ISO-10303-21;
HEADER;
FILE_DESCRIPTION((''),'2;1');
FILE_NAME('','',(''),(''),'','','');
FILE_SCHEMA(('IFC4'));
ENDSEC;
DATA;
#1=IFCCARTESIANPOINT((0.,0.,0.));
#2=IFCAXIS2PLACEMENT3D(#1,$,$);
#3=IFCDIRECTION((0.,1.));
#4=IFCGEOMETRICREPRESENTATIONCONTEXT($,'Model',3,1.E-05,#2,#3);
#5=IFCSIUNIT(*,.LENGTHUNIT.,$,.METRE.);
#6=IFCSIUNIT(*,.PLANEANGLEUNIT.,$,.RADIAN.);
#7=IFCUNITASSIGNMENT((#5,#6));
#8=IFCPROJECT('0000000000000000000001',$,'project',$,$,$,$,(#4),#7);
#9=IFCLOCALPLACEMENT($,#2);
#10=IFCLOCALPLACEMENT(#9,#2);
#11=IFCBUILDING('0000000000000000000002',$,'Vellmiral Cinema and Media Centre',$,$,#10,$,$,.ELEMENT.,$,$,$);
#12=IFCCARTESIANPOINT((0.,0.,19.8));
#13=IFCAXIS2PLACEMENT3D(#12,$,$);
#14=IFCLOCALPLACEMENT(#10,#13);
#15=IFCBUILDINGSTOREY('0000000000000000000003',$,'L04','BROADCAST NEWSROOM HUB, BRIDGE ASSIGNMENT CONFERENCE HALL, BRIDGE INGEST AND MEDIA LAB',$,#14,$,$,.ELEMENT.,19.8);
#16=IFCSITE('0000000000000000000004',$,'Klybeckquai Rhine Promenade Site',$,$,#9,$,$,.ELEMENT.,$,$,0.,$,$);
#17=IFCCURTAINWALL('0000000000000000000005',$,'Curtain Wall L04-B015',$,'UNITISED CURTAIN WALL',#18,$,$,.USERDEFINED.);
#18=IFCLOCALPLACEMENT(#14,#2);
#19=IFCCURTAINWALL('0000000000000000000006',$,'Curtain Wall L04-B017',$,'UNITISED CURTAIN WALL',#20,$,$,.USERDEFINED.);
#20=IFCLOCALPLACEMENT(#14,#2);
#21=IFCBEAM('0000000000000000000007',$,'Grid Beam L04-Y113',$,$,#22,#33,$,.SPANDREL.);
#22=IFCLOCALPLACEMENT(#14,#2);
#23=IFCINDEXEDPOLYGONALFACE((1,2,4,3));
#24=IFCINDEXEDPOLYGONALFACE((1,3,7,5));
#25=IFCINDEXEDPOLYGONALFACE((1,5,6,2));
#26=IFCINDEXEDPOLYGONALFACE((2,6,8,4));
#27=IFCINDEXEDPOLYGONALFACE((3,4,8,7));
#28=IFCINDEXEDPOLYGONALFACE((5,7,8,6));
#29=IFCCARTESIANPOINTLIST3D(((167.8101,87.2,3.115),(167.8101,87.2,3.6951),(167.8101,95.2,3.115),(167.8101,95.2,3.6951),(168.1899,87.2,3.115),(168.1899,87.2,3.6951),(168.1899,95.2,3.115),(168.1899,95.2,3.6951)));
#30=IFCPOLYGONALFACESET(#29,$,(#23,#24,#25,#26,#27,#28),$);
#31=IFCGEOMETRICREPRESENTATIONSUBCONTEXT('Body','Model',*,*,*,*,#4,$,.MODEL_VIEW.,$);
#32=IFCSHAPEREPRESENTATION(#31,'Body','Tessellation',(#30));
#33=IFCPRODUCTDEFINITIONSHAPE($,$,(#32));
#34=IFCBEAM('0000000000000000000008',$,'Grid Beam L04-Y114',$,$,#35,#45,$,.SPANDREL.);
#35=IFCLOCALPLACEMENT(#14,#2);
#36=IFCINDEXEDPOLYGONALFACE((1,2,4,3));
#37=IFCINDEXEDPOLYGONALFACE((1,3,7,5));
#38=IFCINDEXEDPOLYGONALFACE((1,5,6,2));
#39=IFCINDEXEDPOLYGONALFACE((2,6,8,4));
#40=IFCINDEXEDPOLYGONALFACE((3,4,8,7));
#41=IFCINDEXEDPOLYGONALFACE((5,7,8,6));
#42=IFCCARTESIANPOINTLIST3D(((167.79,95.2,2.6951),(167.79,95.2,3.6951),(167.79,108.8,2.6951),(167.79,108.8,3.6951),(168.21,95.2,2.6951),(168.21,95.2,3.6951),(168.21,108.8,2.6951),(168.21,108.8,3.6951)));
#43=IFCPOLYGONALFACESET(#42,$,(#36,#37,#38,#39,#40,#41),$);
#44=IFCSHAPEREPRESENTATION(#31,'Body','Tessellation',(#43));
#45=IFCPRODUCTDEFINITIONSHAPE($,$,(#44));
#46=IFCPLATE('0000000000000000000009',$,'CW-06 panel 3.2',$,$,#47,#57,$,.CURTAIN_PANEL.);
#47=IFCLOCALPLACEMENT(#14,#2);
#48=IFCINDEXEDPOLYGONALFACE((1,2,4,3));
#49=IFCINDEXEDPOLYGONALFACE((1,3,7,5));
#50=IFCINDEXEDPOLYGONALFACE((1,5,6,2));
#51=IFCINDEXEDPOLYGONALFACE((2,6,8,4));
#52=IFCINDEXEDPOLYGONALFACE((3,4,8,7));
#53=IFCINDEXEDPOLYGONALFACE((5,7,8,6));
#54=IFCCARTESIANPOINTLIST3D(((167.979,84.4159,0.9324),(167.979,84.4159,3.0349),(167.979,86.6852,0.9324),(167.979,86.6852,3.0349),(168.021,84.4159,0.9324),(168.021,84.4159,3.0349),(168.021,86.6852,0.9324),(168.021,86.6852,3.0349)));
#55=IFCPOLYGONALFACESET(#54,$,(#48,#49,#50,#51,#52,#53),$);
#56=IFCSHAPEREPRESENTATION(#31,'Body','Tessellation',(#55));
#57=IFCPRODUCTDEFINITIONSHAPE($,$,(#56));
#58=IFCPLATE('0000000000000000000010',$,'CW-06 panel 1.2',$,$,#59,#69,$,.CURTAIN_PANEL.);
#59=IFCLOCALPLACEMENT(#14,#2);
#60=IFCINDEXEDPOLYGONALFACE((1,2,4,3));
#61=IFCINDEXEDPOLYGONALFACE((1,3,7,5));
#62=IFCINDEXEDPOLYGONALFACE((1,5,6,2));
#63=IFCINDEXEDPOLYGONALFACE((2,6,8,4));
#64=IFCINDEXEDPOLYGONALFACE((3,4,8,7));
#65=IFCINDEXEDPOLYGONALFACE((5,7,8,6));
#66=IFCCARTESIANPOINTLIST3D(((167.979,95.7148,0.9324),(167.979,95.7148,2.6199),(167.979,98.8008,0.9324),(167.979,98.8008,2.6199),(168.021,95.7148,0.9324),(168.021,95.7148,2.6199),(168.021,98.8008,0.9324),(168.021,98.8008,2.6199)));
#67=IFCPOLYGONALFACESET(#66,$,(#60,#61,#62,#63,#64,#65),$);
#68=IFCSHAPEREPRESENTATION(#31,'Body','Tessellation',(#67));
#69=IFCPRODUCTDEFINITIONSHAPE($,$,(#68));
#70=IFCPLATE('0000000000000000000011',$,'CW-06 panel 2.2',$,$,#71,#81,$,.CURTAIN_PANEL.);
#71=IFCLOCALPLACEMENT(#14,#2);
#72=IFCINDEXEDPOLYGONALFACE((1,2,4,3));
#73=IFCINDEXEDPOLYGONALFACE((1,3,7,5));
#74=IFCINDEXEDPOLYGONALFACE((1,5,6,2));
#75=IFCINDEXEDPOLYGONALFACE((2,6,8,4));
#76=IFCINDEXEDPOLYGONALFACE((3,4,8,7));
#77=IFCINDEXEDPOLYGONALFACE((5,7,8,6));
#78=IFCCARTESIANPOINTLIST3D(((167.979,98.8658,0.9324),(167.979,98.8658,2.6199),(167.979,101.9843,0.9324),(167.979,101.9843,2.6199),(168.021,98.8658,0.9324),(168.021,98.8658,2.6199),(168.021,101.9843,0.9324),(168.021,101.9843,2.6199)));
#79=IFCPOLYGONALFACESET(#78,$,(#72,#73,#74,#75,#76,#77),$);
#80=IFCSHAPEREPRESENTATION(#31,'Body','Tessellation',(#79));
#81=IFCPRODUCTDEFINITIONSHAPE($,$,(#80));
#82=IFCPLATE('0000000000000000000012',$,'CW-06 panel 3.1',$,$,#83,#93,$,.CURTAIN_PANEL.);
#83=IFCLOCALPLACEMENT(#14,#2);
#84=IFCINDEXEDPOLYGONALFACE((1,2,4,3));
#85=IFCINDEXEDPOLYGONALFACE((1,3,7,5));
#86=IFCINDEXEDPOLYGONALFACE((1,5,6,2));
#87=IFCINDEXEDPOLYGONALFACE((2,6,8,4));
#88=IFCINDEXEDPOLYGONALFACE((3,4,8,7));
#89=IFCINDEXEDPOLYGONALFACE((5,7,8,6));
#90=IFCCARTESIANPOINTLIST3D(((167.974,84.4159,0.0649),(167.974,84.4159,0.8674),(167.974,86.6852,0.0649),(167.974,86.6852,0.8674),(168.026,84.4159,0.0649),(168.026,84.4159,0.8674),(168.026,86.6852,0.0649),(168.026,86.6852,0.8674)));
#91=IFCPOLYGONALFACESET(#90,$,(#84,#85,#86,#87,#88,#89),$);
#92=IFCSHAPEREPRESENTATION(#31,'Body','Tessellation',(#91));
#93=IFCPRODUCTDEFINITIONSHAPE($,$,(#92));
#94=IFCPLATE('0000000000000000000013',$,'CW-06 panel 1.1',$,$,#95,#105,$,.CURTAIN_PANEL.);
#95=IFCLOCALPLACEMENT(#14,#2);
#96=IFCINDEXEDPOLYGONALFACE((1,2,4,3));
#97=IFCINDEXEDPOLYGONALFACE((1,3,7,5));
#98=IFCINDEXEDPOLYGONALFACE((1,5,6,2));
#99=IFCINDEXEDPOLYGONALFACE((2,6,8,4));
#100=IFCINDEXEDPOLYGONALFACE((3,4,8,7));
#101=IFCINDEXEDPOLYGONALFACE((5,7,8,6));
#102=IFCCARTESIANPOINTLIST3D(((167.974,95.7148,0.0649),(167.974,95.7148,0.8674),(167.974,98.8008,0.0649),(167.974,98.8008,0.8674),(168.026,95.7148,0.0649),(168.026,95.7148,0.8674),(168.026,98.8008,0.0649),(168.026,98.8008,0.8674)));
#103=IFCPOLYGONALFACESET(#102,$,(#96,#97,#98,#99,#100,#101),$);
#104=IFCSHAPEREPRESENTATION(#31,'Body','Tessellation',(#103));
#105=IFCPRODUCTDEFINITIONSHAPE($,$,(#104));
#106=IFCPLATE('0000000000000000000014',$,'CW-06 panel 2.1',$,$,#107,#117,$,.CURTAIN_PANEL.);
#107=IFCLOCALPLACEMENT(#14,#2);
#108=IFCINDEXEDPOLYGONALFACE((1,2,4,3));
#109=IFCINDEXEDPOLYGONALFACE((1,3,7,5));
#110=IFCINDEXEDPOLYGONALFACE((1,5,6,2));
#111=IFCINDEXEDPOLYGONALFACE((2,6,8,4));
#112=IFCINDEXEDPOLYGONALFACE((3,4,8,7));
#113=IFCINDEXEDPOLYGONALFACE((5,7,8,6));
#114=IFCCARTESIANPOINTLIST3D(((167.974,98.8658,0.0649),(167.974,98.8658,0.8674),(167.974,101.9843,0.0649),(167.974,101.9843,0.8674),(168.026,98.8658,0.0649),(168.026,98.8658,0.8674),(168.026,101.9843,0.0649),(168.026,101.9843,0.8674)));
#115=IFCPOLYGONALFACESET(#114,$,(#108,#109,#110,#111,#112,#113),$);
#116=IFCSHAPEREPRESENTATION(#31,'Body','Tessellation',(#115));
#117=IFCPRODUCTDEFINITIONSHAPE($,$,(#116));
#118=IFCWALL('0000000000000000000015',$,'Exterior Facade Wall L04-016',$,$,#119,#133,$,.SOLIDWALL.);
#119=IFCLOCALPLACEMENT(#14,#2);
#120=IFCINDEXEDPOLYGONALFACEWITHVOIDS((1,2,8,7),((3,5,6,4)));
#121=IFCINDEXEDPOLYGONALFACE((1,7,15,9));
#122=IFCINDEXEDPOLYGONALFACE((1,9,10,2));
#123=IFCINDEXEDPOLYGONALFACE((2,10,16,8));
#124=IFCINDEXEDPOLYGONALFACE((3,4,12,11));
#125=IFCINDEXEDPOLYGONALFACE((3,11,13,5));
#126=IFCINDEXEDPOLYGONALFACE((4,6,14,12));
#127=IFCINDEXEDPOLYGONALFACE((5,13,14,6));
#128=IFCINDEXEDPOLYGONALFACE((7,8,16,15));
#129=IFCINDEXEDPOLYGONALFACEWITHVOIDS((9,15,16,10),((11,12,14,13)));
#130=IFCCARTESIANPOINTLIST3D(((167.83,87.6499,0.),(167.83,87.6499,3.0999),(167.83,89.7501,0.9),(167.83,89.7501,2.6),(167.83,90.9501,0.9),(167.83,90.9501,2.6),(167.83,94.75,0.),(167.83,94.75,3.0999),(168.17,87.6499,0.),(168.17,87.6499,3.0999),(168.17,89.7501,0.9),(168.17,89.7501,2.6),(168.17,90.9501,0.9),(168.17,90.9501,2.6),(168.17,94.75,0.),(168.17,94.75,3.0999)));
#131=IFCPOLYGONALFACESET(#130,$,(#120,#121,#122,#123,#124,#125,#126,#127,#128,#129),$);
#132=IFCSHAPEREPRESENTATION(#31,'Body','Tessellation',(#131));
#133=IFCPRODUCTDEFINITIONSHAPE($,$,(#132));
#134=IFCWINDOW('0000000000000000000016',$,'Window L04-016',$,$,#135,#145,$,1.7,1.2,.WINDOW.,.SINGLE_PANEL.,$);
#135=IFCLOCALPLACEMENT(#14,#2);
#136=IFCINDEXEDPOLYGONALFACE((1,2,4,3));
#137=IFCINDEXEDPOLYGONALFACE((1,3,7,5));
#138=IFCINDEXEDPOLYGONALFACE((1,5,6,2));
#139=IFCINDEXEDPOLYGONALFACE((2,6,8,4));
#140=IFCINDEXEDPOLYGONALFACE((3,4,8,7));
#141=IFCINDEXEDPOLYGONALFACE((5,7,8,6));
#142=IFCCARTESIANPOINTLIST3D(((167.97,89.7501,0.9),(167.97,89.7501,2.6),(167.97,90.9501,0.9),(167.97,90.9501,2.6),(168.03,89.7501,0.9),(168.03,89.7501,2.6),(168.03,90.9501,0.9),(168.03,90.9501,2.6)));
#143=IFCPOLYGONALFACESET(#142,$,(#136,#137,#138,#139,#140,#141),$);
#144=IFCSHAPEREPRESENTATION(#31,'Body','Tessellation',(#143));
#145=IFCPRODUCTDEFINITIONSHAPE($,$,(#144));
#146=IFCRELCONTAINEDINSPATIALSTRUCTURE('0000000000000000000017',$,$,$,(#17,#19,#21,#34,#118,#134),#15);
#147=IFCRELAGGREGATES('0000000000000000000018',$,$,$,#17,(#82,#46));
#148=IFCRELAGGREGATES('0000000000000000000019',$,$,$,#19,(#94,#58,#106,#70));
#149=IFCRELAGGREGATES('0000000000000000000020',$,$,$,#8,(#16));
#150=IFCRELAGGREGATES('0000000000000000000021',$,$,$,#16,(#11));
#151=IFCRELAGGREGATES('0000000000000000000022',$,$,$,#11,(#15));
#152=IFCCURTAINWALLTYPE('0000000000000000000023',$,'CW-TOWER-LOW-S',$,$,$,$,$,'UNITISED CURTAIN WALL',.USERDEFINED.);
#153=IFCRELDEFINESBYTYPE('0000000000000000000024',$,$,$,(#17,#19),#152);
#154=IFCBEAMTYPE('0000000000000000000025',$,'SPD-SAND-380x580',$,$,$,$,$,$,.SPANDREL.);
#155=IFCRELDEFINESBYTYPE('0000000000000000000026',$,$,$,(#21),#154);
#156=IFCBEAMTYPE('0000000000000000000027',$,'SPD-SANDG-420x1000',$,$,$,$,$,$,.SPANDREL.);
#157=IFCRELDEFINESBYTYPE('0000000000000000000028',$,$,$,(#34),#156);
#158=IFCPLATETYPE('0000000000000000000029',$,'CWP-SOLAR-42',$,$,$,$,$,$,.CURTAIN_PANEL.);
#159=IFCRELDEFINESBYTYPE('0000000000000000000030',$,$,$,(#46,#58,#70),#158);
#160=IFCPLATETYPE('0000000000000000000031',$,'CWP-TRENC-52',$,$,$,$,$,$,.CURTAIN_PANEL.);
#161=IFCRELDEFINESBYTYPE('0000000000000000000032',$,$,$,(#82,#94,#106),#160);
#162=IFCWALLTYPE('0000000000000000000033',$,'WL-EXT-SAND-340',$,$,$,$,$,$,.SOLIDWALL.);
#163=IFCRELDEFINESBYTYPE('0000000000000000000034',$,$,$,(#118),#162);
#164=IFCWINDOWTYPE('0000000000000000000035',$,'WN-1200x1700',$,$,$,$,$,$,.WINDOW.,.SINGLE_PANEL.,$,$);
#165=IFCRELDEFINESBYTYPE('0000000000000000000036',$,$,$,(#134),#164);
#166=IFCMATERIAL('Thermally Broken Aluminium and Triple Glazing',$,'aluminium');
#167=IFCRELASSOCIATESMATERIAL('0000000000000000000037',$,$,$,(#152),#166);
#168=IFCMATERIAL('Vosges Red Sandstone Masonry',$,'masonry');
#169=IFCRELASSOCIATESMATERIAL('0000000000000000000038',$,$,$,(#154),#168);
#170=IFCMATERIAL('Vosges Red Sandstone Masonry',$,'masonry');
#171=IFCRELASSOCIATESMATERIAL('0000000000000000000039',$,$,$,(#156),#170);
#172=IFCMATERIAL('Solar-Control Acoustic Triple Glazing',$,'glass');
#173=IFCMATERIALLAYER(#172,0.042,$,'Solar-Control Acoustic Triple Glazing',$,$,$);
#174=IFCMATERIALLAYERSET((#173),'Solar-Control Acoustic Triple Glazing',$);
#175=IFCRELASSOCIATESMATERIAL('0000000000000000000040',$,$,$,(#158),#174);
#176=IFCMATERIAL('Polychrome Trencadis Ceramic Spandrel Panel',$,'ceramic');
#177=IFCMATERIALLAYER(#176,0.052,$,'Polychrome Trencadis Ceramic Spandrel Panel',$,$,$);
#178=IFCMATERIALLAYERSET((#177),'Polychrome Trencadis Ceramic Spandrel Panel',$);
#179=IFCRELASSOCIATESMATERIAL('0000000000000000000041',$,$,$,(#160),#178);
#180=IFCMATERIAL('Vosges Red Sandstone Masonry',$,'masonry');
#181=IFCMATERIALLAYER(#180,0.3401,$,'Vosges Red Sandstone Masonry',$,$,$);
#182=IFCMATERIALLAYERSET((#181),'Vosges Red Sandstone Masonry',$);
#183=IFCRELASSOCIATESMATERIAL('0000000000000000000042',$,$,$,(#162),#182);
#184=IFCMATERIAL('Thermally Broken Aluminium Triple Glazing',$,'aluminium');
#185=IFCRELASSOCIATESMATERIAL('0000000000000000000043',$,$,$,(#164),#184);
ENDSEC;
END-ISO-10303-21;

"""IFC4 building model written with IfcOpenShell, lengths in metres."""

from ifc_helpers import new_model, si_unit, direction, frame, frame_2d, origin, origin_2d, place, context, subcontext, project, spatial, rectangle, extrude, material, layer, layer_set, material_profile, profile_set, type_object, element, fill, aggregate, save


model = new_model("IFC4")

# Units and contexts
model_context = context("Model", 3, precision=1e-05, world=origin(), true_north=direction((0.0, 1.0)))
body_context = subcontext(model_context, "Body", "Model", "MODEL_VIEW")
ifc_project = project(units=[si_unit("LENGTHUNIT", "METRE"), si_unit("PLANEANGLEUNIT", "RADIAN")], contexts=[model_context])

# Site, building, storey
site_placement = place(None, origin())
site = spatial("IfcSite", under=ifc_project, at=site_placement, Name="Klybeckquai Rhine Promenade Site", CompositionType="ELEMENT", RefElevation=0.0)
building_placement = place(site_placement, origin())
building = spatial("IfcBuilding", under=site, at=building_placement, Name="Vellmiral Cinema and Media Centre", CompositionType="ELEMENT")
storey_placement = place(building_placement, frame((0.0, 0.0, 19.8)))
storey = spatial("IfcBuildingStorey", under=building, at=storey_placement, Name="L04", Description="BROADCAST NEWSROOM HUB, BRIDGE ASSIGNMENT CONFERENCE HALL, BRIDGE INGEST AND MEDIA LAB", CompositionType="ELEMENT", Elevation=19.8)

# Curtain wall
ifc_material_1 = material(Name="Thermally Broken Aluminium and Triple Glazing", Category="aluminium")
curtain_wall_type = type_object("IfcCurtainWallType", Name="CW-TOWER-LOW-S", ElementType="UNITISED CURTAIN WALL", PredefinedType="USERDEFINED", material=ifc_material_1)
curtain_wall_1_placement = place(storey_placement, origin())
curtain_wall_1 = element("IfcCurtainWall", 1, at=curtain_wall_1_placement, inside=storey, type_object=curtain_wall_type, Name="Curtain Wall L04-B015", ObjectType="UNITISED CURTAIN WALL", PredefinedType="USERDEFINED")

# Curtain wall
curtain_wall_2_placement = place(storey_placement, origin())
curtain_wall_2 = element("IfcCurtainWall", 2, at=curtain_wall_2_placement, inside=storey, type_object=curtain_wall_type, Name="Curtain Wall L04-B017", ObjectType="UNITISED CURTAIN WALL", PredefinedType="USERDEFINED")

# Beams
ifc_material_2 = material(Name="Vosges Red Sandstone Masonry", Category="masonry")
ifc_material_profile_1 = material_profile(ifc_material_2, rectangle(XDim=0.3799, YDim=0.5801, at=origin_2d()), Name="SAND 380x580")
ifc_profile_set_1 = profile_set([ifc_material_profile_1], Name="Vosges Red Sandstone Masonry")
beam_type_1 = type_object("IfcBeamType", Name="SPD-SAND-380x580", PredefinedType="SPANDREL", material=ifc_profile_set_1)
beam_1_placement = place(storey_placement, frame((168.0, 87.2, 3.405), z_axis=(0.0, 1.0, 0.0), x_axis=(-1.0, 0.0, 0.0)))
element("IfcBeam", 3, at=beam_1_placement, inside=storey, type_object=beam_type_1, Name="Grid Beam L04-Y113", PredefinedType="SPANDREL", context=body_context, shape_type="SweptSolid", body=[
    extrude(rectangle(XDim=0.3799, YDim=0.5801, at=origin_2d()), origin(), (0.0, 0.0, 1.0), 8.0),
])
ifc_material_3 = material(Name="Vosges Red Sandstone Masonry", Category="masonry")
ifc_material_profile_2 = material_profile(ifc_material_3, rectangle(XDim=0.4199, YDim=1.0, at=origin_2d()), Name="SAND 420x1000")
ifc_profile_set_2 = profile_set([ifc_material_profile_2], Name="Vosges Red Sandstone Masonry")
beam_type_2 = type_object("IfcBeamType", Name="SPD-SANDG-420x1000", PredefinedType="SPANDREL", material=ifc_profile_set_2)
beam_2_placement = place(storey_placement, frame((168.0, 95.2, 3.1951), z_axis=(0.0, 1.0, 0.0), x_axis=(-1.0, 0.0, 0.0)))
element("IfcBeam", 4, at=beam_2_placement, inside=storey, type_object=beam_type_2, Name="Grid Beam L04-Y114", PredefinedType="SPANDREL", context=body_context, shape_type="SweptSolid", body=[
    extrude(rectangle(XDim=0.4199, YDim=1.0, at=origin_2d()), origin(), (0.0, 0.0, 1.0), 13.6001),
])

# Plates
ifc_material_4 = material(Name="Solar-Control Acoustic Triple Glazing", Category="glass")
ifc_layer_1 = layer(ifc_material_4, 0.042, Name="Solar-Control Acoustic Triple Glazing")
ifc_layer_set_1 = layer_set([ifc_layer_1], Name="Solar-Control Acoustic Triple Glazing")
plate_type_1 = type_object("IfcPlateType", Name="CWP-SOLAR-42", PredefinedType="CURTAIN_PANEL", material=ifc_layer_set_1)
plate_1_placement = place(storey_placement, frame((168.0, 85.5505, 0.9324), z_axis=(0.0, 0.0, 1.0), x_axis=(0.0, 1.0, 0.0)))
plate_1 = element("IfcPlate", 5, at=plate_1_placement, type_object=plate_type_1, Name="CW-06 panel 3.2", PredefinedType="CURTAIN_PANEL", context=body_context, shape_type="SweptSolid", body=[
    extrude(rectangle(XDim=2.2693, YDim=0.042, at=origin_2d()), origin(), (0.0, 0.0, 1.0), 2.1025),
])
plate_2_placement = place(storey_placement, frame((168.0, 97.2578, 0.9324), z_axis=(0.0, 0.0, 1.0), x_axis=(0.0, 1.0, 0.0)))
plate_2 = element("IfcPlate", 6, at=plate_2_placement, type_object=plate_type_1, Name="CW-06 panel 1.2", PredefinedType="CURTAIN_PANEL", context=body_context, shape_type="SweptSolid", body=[
    extrude(rectangle(XDim=3.0859, YDim=0.042, at=origin_2d()), origin(), (0.0, 0.0, 1.0), 1.6875),
])
plate_3_placement = place(storey_placement, frame((168.0, 100.425, 0.9324), z_axis=(0.0, 0.0, 1.0), x_axis=(0.0, 1.0, 0.0)))
plate_3 = element("IfcPlate", 7, at=plate_3_placement, type_object=plate_type_1, Name="CW-06 panel 2.2", PredefinedType="CURTAIN_PANEL", context=body_context, shape_type="SweptSolid", body=[
    extrude(rectangle(XDim=3.1184, YDim=0.042, at=origin_2d()), origin(), (0.0, 0.0, 1.0), 1.6875),
])
ifc_material_5 = material(Name="Polychrome Trencadis Ceramic Spandrel Panel", Category="ceramic")
ifc_layer_2 = layer(ifc_material_5, 0.052, Name="Polychrome Trencadis Ceramic Spandrel Panel")
ifc_layer_set_2 = layer_set([ifc_layer_2], Name="Polychrome Trencadis Ceramic Spandrel Panel")
plate_type_2 = type_object("IfcPlateType", Name="CWP-TRENC-52", PredefinedType="CURTAIN_PANEL", material=ifc_layer_set_2)
plate_4_placement = place(storey_placement, frame((168.0, 85.5505, 0.0649), z_axis=(0.0, 0.0, 1.0), x_axis=(0.0, 1.0, 0.0)))
plate_4 = element("IfcPlate", 8, at=plate_4_placement, type_object=plate_type_2, Name="CW-06 panel 3.1", PredefinedType="CURTAIN_PANEL", context=body_context, shape_type="SweptSolid", body=[
    extrude(rectangle(XDim=2.2693, YDim=0.052, at=origin_2d()), origin(), (0.0, 0.0, 1.0), 0.8025),
])
aggregate(curtain_wall_1, [plate_4, plate_1])
plate_5_placement = place(storey_placement, frame((168.0, 97.2578, 0.0649), z_axis=(0.0, 0.0, 1.0), x_axis=(0.0, 1.0, 0.0)))
plate_5 = element("IfcPlate", 9, at=plate_5_placement, type_object=plate_type_2, Name="CW-06 panel 1.1", PredefinedType="CURTAIN_PANEL", context=body_context, shape_type="SweptSolid", body=[
    extrude(rectangle(XDim=3.0859, YDim=0.052, at=origin_2d()), origin(), (0.0, 0.0, 1.0), 0.8025),
])
plate_6_placement = place(storey_placement, frame((168.0, 100.425, 0.0649), z_axis=(0.0, 0.0, 1.0), x_axis=(0.0, 1.0, 0.0)))
plate_6 = element("IfcPlate", 10, at=plate_6_placement, type_object=plate_type_2, Name="CW-06 panel 2.1", PredefinedType="CURTAIN_PANEL", context=body_context, shape_type="SweptSolid", body=[
    extrude(rectangle(XDim=3.1184, YDim=0.052, at=origin_2d()), origin(), (0.0, 0.0, 1.0), 0.8025),
])
aggregate(curtain_wall_2, [plate_5, plate_2, plate_6, plate_3])

# Wall, opening, window
ifc_material_6 = material(Name="Vosges Red Sandstone Masonry", Category="masonry")
ifc_layer_3 = layer(ifc_material_6, 0.3401, Name="Vosges Red Sandstone Masonry")
ifc_layer_set_3 = layer_set([ifc_layer_3], Name="Vosges Red Sandstone Masonry")
wall_type = type_object("IfcWallType", Name="WL-EXT-SAND-340", PredefinedType="SOLIDWALL", material=ifc_layer_set_3)
wall_placement = place(storey_placement, frame((168.0, 87.6499, 0.0), z_axis=(0.0, 0.0, 1.0), x_axis=(0.0, 1.0, 0.0)))
wall = element("IfcWall", 11, at=wall_placement, inside=storey, type_object=wall_type, Name="Exterior Facade Wall L04-016", PredefinedType="SOLIDWALL", context=body_context, shape_type="SweptSolid", body=[
    extrude(rectangle(XDim=7.1001, YDim=0.3401, at=frame_2d((3.55, 0.0))), origin(), (0.0, 0.0, 1.0), 3.0999),
])
opening_placement = place(wall_placement, frame((2.1001, 0.0, 0.8999)))
opening = element("IfcOpeningElement", 12, at=opening_placement, cuts=wall, PredefinedType="OPENING", context=body_context, shape_type="SweptSolid", body=[
    extrude(rectangle(XDim=1.2, YDim=1.7, at=frame_2d((0.6001, 0.8501))), frame((0.0, 0.1821, 0.0), z_axis=(0.0, -1.0, 0.0), x_axis=(1.0, 0.0, 0.0)), (0.0, 0.0, 1.0), 0.364),
])
ifc_material_7 = material(Name="Thermally Broken Aluminium Triple Glazing", Category="aluminium")
window_type = type_object("IfcWindowType", Name="WN-1200x1700", PartitioningType="SINGLE_PANEL", PredefinedType="WINDOW", material=ifc_material_7)
window_placement = place(opening_placement, origin())
window = element("IfcWindow", 13, at=window_placement, inside=storey, type_object=window_type, Name="Window L04-016", OverallHeight=1.7, OverallWidth=1.2, PartitioningType="SINGLE_PANEL", PredefinedType="WINDOW", context=body_context, shape_type="SweptSolid", body=[
    extrude(rectangle(XDim=1.2, YDim=1.7, at=frame_2d((0.6001, 0.8501))), frame((0.0, 0.03, 0.0), z_axis=(0.0, -1.0, 0.0), x_axis=(1.0, 0.0, 0.0)), (0.0, 0.0, 1.0), 0.0601),
])
fill(opening, window)

save(model, "model.ifc")
